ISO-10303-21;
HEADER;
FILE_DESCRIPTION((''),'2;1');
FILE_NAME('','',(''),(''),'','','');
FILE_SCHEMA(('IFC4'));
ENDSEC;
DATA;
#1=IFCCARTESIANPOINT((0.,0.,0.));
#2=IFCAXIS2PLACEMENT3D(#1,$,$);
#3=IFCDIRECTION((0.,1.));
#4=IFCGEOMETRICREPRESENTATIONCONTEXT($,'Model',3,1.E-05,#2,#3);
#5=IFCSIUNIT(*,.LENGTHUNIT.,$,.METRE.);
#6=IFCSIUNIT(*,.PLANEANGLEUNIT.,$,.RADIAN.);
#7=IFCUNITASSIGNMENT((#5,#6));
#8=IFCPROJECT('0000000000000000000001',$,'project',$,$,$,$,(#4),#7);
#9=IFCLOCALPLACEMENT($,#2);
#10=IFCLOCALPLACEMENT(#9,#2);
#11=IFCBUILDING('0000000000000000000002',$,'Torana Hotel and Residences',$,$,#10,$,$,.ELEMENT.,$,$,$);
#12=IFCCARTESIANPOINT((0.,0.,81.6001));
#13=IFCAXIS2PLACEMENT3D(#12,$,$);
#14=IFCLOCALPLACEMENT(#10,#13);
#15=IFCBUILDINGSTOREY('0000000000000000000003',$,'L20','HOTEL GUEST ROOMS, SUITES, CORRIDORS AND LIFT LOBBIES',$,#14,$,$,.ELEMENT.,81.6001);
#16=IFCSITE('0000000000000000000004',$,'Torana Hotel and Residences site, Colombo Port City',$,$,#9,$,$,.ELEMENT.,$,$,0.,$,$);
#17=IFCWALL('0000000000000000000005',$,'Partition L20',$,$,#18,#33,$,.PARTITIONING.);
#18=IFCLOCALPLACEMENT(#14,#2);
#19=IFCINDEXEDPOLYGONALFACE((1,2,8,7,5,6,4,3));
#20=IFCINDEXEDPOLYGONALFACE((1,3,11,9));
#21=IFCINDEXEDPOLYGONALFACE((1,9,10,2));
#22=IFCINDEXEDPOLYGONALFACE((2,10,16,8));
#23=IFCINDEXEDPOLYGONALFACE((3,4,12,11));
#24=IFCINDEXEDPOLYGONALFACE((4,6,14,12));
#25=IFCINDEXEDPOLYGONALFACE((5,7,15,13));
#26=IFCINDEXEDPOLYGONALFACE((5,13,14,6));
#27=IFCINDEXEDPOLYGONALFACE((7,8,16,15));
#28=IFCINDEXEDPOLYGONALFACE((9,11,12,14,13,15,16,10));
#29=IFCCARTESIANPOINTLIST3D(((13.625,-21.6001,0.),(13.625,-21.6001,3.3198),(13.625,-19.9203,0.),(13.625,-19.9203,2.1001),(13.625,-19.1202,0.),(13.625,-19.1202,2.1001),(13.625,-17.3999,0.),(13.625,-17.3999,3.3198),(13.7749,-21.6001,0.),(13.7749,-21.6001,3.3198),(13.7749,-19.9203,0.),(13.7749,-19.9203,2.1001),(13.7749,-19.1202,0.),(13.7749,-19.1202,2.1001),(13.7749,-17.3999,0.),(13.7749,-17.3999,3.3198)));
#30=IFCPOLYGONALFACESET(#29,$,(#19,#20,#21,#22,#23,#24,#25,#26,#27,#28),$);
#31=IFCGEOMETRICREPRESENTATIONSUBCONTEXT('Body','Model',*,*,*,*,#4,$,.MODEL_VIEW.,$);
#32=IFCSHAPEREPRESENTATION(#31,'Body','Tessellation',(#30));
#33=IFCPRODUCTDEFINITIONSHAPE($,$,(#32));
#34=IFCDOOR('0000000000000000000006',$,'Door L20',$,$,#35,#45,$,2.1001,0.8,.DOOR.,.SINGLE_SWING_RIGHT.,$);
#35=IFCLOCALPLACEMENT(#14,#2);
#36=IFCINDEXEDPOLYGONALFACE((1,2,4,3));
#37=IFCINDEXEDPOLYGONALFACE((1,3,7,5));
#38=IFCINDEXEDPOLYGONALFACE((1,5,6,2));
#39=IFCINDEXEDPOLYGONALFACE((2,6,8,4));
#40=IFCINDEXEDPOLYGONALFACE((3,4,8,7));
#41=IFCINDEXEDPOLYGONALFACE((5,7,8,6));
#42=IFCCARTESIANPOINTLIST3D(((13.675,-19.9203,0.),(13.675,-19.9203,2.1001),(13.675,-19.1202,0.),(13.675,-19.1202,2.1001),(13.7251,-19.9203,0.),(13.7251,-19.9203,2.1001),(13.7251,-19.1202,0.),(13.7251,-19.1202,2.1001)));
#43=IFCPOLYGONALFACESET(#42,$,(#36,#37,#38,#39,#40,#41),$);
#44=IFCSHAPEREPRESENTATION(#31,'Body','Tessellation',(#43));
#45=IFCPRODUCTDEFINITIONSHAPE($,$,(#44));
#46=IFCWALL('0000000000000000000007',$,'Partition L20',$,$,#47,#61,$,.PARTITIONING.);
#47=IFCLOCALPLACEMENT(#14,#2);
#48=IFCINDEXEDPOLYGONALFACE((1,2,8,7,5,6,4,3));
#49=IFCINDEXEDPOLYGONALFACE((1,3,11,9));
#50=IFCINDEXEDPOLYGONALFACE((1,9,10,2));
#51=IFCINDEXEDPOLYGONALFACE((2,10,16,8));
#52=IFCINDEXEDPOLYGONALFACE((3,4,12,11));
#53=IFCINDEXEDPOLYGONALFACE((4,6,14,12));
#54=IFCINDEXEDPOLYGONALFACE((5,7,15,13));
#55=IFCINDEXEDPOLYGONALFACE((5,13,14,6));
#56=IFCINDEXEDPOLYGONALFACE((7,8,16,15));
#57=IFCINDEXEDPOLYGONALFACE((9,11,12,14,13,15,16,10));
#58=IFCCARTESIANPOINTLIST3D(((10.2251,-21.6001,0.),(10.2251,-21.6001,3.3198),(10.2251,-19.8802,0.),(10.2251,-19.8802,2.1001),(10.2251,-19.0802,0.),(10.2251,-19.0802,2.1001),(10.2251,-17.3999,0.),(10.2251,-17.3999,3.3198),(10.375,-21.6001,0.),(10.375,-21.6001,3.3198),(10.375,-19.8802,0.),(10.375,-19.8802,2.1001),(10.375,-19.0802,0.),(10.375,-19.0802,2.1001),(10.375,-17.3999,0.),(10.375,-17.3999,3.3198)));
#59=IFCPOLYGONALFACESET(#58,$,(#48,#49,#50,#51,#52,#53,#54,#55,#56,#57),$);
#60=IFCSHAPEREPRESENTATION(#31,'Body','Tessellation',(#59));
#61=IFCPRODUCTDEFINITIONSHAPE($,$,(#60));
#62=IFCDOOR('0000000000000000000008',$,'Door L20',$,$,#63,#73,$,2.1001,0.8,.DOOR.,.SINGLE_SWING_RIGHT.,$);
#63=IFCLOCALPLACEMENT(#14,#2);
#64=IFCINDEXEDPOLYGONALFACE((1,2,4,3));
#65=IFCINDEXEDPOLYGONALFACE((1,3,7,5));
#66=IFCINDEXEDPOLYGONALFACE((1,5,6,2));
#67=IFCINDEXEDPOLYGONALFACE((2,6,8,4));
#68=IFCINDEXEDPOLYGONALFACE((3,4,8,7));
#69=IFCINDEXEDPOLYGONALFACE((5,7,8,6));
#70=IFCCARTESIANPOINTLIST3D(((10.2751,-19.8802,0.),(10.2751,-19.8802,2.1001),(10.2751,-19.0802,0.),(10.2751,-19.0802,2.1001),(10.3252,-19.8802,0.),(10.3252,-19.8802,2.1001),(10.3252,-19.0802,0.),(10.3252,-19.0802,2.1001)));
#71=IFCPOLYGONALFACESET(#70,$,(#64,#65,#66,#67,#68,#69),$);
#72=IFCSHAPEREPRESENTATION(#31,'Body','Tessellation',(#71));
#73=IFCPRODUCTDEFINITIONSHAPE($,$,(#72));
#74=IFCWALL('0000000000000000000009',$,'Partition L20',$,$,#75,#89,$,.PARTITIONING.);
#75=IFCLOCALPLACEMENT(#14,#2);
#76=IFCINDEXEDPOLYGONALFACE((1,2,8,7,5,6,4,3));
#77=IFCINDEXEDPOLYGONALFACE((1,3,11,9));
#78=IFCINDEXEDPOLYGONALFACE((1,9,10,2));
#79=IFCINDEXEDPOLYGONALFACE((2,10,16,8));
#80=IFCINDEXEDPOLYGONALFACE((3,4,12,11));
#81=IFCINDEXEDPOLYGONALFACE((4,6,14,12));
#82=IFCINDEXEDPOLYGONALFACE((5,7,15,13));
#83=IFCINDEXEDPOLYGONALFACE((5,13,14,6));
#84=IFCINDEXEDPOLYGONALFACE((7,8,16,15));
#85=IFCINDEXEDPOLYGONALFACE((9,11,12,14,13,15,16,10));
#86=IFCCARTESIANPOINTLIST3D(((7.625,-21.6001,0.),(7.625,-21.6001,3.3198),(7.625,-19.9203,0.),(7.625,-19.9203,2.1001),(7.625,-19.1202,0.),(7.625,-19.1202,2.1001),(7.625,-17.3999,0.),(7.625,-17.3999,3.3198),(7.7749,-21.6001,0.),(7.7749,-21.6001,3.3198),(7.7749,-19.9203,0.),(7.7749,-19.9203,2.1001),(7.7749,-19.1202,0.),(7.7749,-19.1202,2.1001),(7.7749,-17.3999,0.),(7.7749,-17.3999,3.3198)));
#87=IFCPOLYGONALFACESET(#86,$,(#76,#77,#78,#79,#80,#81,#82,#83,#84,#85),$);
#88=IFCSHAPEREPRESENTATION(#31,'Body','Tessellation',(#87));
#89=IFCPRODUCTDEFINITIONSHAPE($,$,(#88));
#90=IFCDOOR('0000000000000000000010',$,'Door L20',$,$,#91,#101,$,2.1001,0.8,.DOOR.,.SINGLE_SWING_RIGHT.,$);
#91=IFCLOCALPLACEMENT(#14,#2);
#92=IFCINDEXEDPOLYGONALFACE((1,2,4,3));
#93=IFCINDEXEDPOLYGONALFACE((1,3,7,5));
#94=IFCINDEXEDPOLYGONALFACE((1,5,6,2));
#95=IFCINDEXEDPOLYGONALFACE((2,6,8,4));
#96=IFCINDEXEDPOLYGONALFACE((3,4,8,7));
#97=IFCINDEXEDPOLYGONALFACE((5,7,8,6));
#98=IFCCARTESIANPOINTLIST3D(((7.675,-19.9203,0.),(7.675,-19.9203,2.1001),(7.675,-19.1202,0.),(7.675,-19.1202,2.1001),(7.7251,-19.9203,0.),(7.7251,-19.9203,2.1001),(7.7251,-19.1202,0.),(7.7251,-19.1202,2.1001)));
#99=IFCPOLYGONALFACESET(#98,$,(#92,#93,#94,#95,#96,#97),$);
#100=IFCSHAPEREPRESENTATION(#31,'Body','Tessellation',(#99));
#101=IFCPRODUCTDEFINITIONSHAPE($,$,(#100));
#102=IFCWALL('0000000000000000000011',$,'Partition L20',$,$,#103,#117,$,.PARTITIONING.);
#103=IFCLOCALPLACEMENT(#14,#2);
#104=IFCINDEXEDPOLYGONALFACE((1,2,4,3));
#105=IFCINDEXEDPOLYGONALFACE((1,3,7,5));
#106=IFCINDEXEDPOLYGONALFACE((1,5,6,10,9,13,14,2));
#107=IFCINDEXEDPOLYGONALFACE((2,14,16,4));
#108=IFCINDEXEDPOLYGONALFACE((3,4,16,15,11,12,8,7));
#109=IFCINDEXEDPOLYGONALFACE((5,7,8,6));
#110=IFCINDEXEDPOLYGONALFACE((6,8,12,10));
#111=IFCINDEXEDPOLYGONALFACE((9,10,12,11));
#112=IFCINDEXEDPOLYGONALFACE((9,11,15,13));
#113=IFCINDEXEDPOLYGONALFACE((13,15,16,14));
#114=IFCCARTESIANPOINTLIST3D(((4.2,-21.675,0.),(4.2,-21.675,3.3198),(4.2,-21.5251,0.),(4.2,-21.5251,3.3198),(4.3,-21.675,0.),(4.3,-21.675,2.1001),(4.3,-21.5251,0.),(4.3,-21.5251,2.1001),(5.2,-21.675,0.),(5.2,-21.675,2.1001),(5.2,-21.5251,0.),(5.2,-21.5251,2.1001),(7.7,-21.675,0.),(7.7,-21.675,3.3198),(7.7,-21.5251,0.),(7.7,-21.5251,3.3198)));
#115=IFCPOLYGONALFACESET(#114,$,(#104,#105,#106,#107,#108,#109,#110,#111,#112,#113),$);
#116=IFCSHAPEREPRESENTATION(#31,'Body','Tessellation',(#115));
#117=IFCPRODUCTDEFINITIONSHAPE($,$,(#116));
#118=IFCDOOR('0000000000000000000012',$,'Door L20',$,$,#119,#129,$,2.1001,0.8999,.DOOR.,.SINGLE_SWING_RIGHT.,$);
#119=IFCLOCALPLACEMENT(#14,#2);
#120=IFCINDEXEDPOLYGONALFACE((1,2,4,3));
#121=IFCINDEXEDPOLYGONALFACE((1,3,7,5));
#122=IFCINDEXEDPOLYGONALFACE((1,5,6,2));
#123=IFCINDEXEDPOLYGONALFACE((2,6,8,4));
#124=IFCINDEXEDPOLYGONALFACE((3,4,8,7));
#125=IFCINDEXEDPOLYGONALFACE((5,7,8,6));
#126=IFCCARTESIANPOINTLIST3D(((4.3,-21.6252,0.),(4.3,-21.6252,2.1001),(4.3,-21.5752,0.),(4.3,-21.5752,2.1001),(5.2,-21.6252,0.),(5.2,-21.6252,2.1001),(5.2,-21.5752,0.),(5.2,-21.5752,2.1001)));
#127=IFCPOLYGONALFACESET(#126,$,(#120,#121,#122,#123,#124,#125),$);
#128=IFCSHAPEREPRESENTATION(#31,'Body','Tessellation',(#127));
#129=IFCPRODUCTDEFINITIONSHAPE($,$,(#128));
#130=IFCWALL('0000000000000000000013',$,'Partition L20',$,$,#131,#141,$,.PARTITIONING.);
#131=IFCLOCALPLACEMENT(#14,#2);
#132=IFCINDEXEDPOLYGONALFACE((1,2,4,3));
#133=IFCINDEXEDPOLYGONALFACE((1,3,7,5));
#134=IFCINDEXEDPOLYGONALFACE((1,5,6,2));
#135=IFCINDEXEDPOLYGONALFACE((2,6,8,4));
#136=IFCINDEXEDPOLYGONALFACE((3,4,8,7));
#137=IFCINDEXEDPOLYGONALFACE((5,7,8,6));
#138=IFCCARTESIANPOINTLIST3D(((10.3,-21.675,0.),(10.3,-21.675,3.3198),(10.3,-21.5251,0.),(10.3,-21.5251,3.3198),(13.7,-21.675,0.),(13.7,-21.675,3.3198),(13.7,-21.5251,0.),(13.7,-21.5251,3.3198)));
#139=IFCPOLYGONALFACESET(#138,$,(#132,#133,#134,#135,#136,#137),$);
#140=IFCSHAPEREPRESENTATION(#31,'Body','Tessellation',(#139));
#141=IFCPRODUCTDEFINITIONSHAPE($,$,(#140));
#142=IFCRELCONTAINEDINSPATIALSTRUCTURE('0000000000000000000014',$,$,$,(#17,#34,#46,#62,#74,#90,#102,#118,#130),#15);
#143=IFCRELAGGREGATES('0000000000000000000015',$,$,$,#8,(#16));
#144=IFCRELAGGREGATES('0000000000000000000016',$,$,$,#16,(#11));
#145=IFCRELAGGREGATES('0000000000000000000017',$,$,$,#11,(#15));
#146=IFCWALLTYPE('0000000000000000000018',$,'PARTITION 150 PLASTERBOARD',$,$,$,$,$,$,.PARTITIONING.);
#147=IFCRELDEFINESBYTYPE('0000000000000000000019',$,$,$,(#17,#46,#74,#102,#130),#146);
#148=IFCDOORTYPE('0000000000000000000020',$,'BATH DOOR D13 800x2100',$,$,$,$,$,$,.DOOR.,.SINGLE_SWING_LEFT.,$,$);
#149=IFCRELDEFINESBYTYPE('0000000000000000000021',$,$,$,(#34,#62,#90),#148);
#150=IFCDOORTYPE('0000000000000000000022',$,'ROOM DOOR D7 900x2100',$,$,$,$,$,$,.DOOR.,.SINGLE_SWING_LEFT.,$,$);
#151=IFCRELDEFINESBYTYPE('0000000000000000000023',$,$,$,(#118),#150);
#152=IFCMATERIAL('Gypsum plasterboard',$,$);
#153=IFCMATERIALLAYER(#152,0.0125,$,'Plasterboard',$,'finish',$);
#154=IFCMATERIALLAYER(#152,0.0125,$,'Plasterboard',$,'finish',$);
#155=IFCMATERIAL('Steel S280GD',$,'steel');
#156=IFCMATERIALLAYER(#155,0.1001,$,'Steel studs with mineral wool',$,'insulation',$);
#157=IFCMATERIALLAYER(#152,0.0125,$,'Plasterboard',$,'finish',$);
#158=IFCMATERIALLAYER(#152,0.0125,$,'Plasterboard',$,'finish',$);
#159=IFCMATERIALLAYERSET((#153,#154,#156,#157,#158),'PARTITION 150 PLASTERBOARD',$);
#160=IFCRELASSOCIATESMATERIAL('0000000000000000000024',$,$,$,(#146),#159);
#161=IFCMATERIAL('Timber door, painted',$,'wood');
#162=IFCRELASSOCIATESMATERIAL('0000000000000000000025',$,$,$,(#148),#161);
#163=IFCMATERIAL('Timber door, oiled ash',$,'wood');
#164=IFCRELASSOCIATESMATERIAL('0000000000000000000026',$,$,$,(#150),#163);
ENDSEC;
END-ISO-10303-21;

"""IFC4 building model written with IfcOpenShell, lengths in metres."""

from ifc_helpers import new_model, si_unit, direction, frame, frame_2d, origin, place, context, subcontext, project, spatial, rectangle, extrude, material, layer, layer_set, type_object, element, fill, save


model = new_model("IFC4")

# Units and contexts
model_context = context("Model", 3, precision=1e-05, world=origin(), true_north=direction((0.0, 1.0)))
body_context = subcontext(model_context, "Body", "Model", "MODEL_VIEW")
ifc_project = project(units=[si_unit("LENGTHUNIT", "METRE"), si_unit("PLANEANGLEUNIT", "RADIAN")], contexts=[model_context])

# Site, building, storey
site_placement = place(None, origin())
site = spatial("IfcSite", under=ifc_project, at=site_placement, Name="Torana Hotel and Residences site, Colombo Port City", CompositionType="ELEMENT", RefElevation=0.0)
building_placement = place(site_placement, origin())
building = spatial("IfcBuilding", under=site, at=building_placement, Name="Torana Hotel and Residences", CompositionType="ELEMENT")
storey_placement = place(building_placement, frame((0.0, 0.0, 81.6001)))
storey = spatial("IfcBuildingStorey", under=building, at=storey_placement, Name="L20", Description="HOTEL GUEST ROOMS, SUITES, CORRIDORS AND LIFT LOBBIES", CompositionType="ELEMENT", Elevation=81.6001)

# Walls, openings, doors
ifc_material_1 = material(Name="Gypsum plasterboard")
ifc_layer_1 = layer(ifc_material_1, 0.0125, Name="Plasterboard", Category="finish")
ifc_layer_2 = layer(ifc_material_1, 0.0125, Name="Plasterboard", Category="finish")
ifc_material_2 = material(Name="Steel S280GD", Category="steel")
ifc_layer_3 = layer(ifc_material_2, 0.1001, Name="Steel studs with mineral wool", Category="insulation")
ifc_layer_4 = layer(ifc_material_1, 0.0125, Name="Plasterboard", Category="finish")
ifc_layer_5 = layer(ifc_material_1, 0.0125, Name="Plasterboard", Category="finish")
ifc_layer_set_1 = layer_set([ifc_layer_1, ifc_layer_2, ifc_layer_3, ifc_layer_4, ifc_layer_5], Name="PARTITION 150 PLASTERBOARD")
wall_type_1 = type_object("IfcWallType", Name="PARTITION 150 PLASTERBOARD", PredefinedType="PARTITIONING", material=ifc_layer_set_1)
wall_1_placement = place(storey_placement, frame((13.7, -21.6001, 0.0), z_axis=(0.0, 0.0, 1.0), x_axis=(0.0, 1.0, 0.0)))
wall_1 = element("IfcWall", 1, at=wall_1_placement, inside=storey, type_object=wall_type_1, Name="Partition L20", PredefinedType="PARTITIONING", context=body_context, shape_type="SweptSolid", body=[
    extrude(rectangle(XDim=4.2002, YDim=0.1499, at=frame_2d((2.1001, 0.0))), origin(), (0.0, 0.0, 1.0), 3.3198),
])
opening_1_placement = place(wall_1_placement, frame((1.6799, 0.0, 0.0)))
opening_1 = element("IfcOpeningElement", 2, at=opening_1_placement, cuts=wall_1, PredefinedType="OPENING", context=body_context, shape_type="SweptSolid", body=[
    extrude(rectangle(XDim=0.8, YDim=2.1001, at=frame_2d((0.3999, 1.05))), frame((0.0, 0.085, 0.0), z_axis=(0.0, -1.0, 0.0), x_axis=(1.0, 0.0, 0.0)), (0.0, 0.0, 1.0), 0.1699),
])
ifc_material_3 = material(Name="Timber door, painted", Category="wood")
door_type_1 = type_object("IfcDoorType", Name="BATH DOOR D13 800x2100", OperationType="SINGLE_SWING_LEFT", PredefinedType="DOOR", material=ifc_material_3)
door_1_placement = place(opening_1_placement, origin())
door_1 = element("IfcDoor", 3, at=door_1_placement, inside=storey, type_object=door_type_1, Name="Door L20", OperationType="SINGLE_SWING_RIGHT", OverallHeight=2.1001, OverallWidth=0.8, PredefinedType="DOOR", context=body_context, shape_type="SweptSolid", body=[
    extrude(rectangle(XDim=0.8, YDim=2.1001, at=frame_2d((0.3999, 1.05))), frame((0.0, 0.0249, 0.0), z_axis=(0.0, -1.0, 0.0), x_axis=(1.0, 0.0, 0.0)), (0.0, 0.0, 1.0), 0.05),
])
fill(opening_1, door_1)
wall_2_placement = place(storey_placement, frame((10.3, -21.6001, 0.0), z_axis=(0.0, 0.0, 1.0), x_axis=(0.0, 1.0, 0.0)))
wall_2 = element("IfcWall", 4, at=wall_2_placement, inside=storey, type_object=wall_type_1, Name="Partition L20", PredefinedType="PARTITIONING", context=body_context, shape_type="SweptSolid", body=[
    extrude(rectangle(XDim=4.2002, YDim=0.1499, at=frame_2d((2.1001, 0.0))), origin(), (0.0, 0.0, 1.0), 3.3198),
])
opening_2_placement = place(wall_2_placement, frame((1.72, 0.0, 0.0)))
opening_2 = element("IfcOpeningElement", 5, at=opening_2_placement, cuts=wall_2, PredefinedType="OPENING", context=body_context, shape_type="SweptSolid", body=[
    extrude(rectangle(XDim=0.8, YDim=2.1001, at=frame_2d((0.3999, 1.05))), frame((0.0, 0.085, 0.0), z_axis=(0.0, -1.0, 0.0), x_axis=(1.0, 0.0, 0.0)), (0.0, 0.0, 1.0), 0.1699),
])
door_2_placement = place(opening_2_placement, origin())
door_2 = element("IfcDoor", 6, at=door_2_placement, inside=storey, type_object=door_type_1, Name="Door L20", OperationType="SINGLE_SWING_RIGHT", OverallHeight=2.1001, OverallWidth=0.8, PredefinedType="DOOR", context=body_context, shape_type="SweptSolid", body=[
    extrude(rectangle(XDim=0.8, YDim=2.1001, at=frame_2d((0.3999, 1.05))), frame((0.0, 0.0249, 0.0), z_axis=(0.0, -1.0, 0.0), x_axis=(1.0, 0.0, 0.0)), (0.0, 0.0, 1.0), 0.05),
])
fill(opening_2, door_2)
wall_3_placement = place(storey_placement, frame((7.7, -21.6001, 0.0), z_axis=(0.0, 0.0, 1.0), x_axis=(0.0, 1.0, 0.0)))
wall_3 = element("IfcWall", 7, at=wall_3_placement, inside=storey, type_object=wall_type_1, Name="Partition L20", PredefinedType="PARTITIONING", context=body_context, shape_type="SweptSolid", body=[
    extrude(rectangle(XDim=4.2002, YDim=0.1499, at=frame_2d((2.1001, 0.0))), origin(), (0.0, 0.0, 1.0), 3.3198),
])
opening_3_placement = place(wall_3_placement, frame((1.6799, 0.0, 0.0)))
opening_3 = element("IfcOpeningElement", 8, at=opening_3_placement, cuts=wall_3, PredefinedType="OPENING", context=body_context, shape_type="SweptSolid", body=[
    extrude(rectangle(XDim=0.8, YDim=2.1001, at=frame_2d((0.3999, 1.05))), frame((0.0, 0.085, 0.0), z_axis=(0.0, -1.0, 0.0), x_axis=(1.0, 0.0, 0.0)), (0.0, 0.0, 1.0), 0.1699),
])
door_3_placement = place(opening_3_placement, origin())
door_3 = element("IfcDoor", 9, at=door_3_placement, inside=storey, type_object=door_type_1, Name="Door L20", OperationType="SINGLE_SWING_RIGHT", OverallHeight=2.1001, OverallWidth=0.8, PredefinedType="DOOR", context=body_context, shape_type="SweptSolid", body=[
    extrude(rectangle(XDim=0.8, YDim=2.1001, at=frame_2d((0.3999, 1.05))), frame((0.0, 0.0249, 0.0), z_axis=(0.0, -1.0, 0.0), x_axis=(1.0, 0.0, 0.0)), (0.0, 0.0, 1.0), 0.05),
])
fill(opening_3, door_3)
wall_4_placement = place(storey_placement, frame((4.2, -21.6001, 0.0), z_axis=(0.0, 0.0, 1.0), x_axis=(1.0, 0.0, 0.0)))
wall_4 = element("IfcWall", 10, at=wall_4_placement, inside=storey, type_object=wall_type_1, Name="Partition L20", PredefinedType="PARTITIONING", context=body_context, shape_type="SweptSolid", body=[
    extrude(rectangle(XDim=3.5, YDim=0.1499, at=frame_2d((1.75, 0.0))), origin(), (0.0, 0.0, 1.0), 3.3198),
])
opening_4_placement = place(wall_4_placement, frame((0.1001, 0.0, 0.0)))
opening_4 = element("IfcOpeningElement", 11, at=opening_4_placement, cuts=wall_4, PredefinedType="OPENING", context=body_context, shape_type="SweptSolid", body=[
    extrude(rectangle(XDim=0.8999, YDim=2.1001, at=frame_2d((0.45, 1.05))), frame((0.0, 0.085, 0.0), z_axis=(0.0, -1.0, 0.0), x_axis=(1.0, 0.0, 0.0)), (0.0, 0.0, 1.0), 0.1699),
])
ifc_material_4 = material(Name="Timber door, oiled ash", Category="wood")
door_type_2 = type_object("IfcDoorType", Name="ROOM DOOR D7 900x2100", OperationType="SINGLE_SWING_LEFT", PredefinedType="DOOR", material=ifc_material_4)
door_4_placement = place(opening_4_placement, frame((0.45, 0.0, 0.0), z_axis=(0.0, 0.0, 1.0), x_axis=(-1.0, 0.0, 0.0)))
door_4 = element("IfcDoor", 12, at=door_4_placement, inside=storey, type_object=door_type_2, Name="Door L20", OperationType="SINGLE_SWING_RIGHT", OverallHeight=2.1001, OverallWidth=0.8999, PredefinedType="DOOR", context=body_context, shape_type="SweptSolid", body=[
    extrude(rectangle(XDim=0.8999, YDim=2.1001, at=frame_2d((0.0, 1.05))), frame((0.0, -0.0249, 0.0), z_axis=(0.0, 1.0, 0.0), x_axis=(-1.0, 0.0, 0.0)), (0.0, 0.0, 1.0), 0.05),
])
fill(opening_4, door_4)

# Wall
wall_5_placement = place(storey_placement, frame((10.3, -21.6001, 0.0), z_axis=(0.0, 0.0, 1.0), x_axis=(1.0, 0.0, 0.0)))
element("IfcWall", 13, at=wall_5_placement, inside=storey, type_object=wall_type_1, Name="Partition L20", PredefinedType="PARTITIONING", context=body_context, shape_type="SweptSolid", body=[
    extrude(rectangle(XDim=3.3999, YDim=0.1499, at=frame_2d((1.7, 0.0))), origin(), (0.0, 0.0, 1.0), 3.3198),
])

save(model, "model.ifc")
